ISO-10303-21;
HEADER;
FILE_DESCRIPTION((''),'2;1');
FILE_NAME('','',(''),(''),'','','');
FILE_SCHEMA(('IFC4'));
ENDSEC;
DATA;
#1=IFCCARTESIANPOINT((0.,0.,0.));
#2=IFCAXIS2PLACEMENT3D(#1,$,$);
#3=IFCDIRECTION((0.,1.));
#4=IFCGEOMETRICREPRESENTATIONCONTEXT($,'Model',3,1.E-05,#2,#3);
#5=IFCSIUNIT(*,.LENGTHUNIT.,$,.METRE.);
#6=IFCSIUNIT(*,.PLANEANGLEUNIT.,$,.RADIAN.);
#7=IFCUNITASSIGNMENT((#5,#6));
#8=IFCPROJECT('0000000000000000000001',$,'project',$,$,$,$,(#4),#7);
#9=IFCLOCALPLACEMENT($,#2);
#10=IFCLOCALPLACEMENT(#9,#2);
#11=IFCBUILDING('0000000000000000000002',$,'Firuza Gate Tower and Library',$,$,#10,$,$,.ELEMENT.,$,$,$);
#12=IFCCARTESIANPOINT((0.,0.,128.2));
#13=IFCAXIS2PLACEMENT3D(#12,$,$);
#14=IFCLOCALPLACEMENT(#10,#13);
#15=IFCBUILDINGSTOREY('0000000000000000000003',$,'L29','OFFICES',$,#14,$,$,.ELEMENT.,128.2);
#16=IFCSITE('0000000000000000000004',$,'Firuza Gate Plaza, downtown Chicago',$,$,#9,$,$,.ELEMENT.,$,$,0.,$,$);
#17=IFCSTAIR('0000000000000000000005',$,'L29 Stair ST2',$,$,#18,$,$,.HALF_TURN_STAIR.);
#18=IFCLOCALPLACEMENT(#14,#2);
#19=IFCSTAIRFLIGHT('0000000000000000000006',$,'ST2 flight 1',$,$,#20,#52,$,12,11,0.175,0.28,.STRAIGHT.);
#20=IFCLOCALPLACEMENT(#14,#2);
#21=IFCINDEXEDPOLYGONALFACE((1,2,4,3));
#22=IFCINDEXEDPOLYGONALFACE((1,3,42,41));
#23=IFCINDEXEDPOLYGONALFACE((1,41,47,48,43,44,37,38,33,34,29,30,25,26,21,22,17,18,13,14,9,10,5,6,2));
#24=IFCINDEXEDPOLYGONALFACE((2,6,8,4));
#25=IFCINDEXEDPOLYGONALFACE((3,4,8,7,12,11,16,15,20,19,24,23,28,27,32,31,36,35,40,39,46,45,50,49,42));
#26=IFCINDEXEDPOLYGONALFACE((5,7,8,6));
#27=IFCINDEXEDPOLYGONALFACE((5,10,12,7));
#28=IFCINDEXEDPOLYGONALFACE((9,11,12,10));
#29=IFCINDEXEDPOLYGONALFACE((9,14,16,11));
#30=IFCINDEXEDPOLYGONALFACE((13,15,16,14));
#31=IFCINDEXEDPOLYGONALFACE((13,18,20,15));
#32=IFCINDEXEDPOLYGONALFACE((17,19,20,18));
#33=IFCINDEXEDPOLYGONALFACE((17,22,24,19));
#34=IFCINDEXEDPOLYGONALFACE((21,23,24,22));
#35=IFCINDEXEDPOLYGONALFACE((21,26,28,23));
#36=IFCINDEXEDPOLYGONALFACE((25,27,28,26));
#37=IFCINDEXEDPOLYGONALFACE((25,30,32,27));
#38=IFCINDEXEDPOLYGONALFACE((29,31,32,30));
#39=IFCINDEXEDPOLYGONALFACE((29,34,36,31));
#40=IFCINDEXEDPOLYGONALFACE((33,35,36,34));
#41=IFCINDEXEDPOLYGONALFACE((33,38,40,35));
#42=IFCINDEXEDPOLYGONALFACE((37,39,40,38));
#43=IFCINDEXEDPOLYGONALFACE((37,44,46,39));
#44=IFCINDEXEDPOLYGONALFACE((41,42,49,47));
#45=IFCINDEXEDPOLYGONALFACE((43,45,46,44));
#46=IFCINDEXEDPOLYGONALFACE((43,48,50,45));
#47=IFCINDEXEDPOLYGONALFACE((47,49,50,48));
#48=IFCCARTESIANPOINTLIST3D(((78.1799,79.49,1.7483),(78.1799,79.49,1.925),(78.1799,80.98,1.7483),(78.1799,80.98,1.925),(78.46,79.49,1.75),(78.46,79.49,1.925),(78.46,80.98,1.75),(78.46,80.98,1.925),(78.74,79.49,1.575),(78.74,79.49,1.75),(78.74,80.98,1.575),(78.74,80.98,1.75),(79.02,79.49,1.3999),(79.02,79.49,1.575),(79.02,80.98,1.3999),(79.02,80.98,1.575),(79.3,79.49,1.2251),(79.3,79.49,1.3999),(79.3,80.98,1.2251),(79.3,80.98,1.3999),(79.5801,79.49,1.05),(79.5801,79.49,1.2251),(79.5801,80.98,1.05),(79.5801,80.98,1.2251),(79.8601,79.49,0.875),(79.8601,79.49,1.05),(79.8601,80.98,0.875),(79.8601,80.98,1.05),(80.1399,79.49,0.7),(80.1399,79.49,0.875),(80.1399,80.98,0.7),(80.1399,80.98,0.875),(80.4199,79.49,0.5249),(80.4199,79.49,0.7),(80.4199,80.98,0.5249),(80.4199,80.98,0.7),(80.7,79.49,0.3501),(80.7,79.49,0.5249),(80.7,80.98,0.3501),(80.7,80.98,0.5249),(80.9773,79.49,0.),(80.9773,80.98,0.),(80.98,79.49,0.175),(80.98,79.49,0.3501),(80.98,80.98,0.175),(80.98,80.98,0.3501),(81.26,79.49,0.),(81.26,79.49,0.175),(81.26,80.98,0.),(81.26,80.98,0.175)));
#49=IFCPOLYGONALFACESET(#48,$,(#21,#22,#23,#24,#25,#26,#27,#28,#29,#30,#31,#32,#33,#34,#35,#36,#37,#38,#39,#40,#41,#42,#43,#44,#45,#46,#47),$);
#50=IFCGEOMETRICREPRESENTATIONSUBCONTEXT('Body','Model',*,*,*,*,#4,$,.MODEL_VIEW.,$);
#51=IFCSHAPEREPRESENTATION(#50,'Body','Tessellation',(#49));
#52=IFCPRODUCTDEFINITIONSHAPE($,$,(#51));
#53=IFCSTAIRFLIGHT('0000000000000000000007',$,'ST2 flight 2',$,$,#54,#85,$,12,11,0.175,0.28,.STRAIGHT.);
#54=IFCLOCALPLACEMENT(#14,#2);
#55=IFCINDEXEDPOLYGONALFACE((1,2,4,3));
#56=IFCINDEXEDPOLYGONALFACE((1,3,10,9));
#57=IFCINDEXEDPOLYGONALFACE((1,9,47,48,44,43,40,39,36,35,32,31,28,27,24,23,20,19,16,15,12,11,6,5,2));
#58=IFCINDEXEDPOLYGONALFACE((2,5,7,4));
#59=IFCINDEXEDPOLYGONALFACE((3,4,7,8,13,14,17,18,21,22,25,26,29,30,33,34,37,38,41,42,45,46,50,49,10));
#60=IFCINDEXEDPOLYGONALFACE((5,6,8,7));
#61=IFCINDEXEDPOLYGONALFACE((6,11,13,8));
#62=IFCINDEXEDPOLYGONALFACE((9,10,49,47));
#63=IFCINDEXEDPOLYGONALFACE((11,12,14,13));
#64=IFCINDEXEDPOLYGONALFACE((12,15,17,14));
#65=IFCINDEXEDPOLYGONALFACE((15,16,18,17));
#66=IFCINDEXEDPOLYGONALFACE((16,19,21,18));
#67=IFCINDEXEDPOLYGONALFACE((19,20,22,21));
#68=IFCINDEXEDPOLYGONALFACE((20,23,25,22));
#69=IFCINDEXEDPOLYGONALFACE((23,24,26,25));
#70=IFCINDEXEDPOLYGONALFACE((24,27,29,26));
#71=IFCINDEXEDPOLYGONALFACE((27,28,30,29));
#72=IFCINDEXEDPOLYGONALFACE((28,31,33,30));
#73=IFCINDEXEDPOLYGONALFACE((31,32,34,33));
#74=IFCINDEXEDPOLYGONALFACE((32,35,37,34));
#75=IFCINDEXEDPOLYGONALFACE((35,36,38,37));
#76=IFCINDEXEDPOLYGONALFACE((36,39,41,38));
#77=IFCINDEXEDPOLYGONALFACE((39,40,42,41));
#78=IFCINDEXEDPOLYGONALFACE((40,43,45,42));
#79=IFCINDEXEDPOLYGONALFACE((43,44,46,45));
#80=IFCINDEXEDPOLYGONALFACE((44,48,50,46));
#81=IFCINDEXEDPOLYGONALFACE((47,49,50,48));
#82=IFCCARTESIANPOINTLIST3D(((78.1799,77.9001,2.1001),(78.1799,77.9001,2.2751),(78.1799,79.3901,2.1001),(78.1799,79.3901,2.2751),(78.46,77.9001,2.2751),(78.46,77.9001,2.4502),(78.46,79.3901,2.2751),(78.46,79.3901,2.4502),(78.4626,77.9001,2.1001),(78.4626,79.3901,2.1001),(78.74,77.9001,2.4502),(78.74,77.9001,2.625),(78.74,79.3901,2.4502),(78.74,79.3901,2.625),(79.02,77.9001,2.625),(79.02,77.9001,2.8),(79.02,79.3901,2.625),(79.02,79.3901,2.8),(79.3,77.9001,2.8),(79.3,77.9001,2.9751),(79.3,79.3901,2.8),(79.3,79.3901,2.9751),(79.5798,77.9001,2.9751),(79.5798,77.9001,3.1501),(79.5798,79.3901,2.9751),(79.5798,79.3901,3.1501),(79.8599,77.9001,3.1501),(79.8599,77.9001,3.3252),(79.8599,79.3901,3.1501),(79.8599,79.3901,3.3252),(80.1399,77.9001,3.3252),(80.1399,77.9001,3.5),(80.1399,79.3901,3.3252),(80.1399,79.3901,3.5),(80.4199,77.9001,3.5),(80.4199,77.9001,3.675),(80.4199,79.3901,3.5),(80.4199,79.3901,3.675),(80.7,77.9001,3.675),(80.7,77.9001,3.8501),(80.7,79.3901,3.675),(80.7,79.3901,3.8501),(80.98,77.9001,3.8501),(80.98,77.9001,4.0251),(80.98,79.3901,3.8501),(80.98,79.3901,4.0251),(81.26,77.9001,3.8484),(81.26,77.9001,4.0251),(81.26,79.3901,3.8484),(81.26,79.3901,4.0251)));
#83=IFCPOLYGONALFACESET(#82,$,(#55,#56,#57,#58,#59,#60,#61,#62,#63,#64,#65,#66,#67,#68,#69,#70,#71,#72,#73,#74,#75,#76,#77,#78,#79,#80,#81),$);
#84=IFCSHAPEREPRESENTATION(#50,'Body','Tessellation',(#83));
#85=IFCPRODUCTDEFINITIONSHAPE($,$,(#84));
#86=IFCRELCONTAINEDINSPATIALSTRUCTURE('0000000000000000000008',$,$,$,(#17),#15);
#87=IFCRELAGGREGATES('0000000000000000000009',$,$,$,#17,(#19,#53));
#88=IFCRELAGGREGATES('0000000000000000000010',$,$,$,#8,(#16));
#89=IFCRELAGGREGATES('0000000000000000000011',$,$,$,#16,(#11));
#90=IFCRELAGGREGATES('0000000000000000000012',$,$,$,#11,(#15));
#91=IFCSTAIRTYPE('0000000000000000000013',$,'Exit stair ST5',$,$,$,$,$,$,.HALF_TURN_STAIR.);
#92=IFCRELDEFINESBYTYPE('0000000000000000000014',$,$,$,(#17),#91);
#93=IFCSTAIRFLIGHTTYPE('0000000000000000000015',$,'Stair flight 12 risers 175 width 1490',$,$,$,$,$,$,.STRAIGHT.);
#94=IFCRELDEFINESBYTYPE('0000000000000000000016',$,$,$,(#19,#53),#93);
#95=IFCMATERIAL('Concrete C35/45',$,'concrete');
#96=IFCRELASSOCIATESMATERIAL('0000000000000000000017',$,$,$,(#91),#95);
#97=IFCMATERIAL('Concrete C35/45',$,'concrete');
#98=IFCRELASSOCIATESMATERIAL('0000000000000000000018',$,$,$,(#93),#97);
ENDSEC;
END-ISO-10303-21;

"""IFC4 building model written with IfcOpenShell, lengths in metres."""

from ifc_helpers import new_model, si_unit, direction, frame, origin, place, context, subcontext, project, spatial, polyline, outline, extrude, material, type_object, element, aggregate, save


model = new_model("IFC4")

# Units and contexts
model_context = context("Model", 3, precision=1e-05, world=origin(), true_north=direction((0.0, 1.0)))
body_context = subcontext(model_context, "Body", "Model", "MODEL_VIEW")
ifc_project = project(units=[si_unit("LENGTHUNIT", "METRE"), si_unit("PLANEANGLEUNIT", "RADIAN")], contexts=[model_context])

# Site, building, storey
site_placement = place(None, origin())
site = spatial("IfcSite", under=ifc_project, at=site_placement, Name="Firuza Gate Plaza, downtown Chicago", CompositionType="ELEMENT", RefElevation=0.0)
building_placement = place(site_placement, origin())
building = spatial("IfcBuilding", under=site, at=building_placement, Name="Firuza Gate Tower and Library", CompositionType="ELEMENT")
storey_placement = place(building_placement, frame((0.0, 0.0, 128.2)))
storey = spatial("IfcBuildingStorey", under=building, at=storey_placement, Name="L29", Description="OFFICES", CompositionType="ELEMENT", Elevation=128.2)

# Stair, stair flights
ifc_material_1 = material(Name="Concrete C35/45", Category="concrete")
stair_type = type_object("IfcStairType", Name="Exit stair ST5", PredefinedType="HALF_TURN_STAIR", material=ifc_material_1)
stair_placement = place(storey_placement, origin())
stair = element("IfcStair", 1, at=stair_placement, inside=storey, type_object=stair_type, Name="L29 Stair ST2", PredefinedType="HALF_TURN_STAIR")
ifc_material_2 = material(Name="Concrete C35/45", Category="concrete")
stair_flight_type = type_object("IfcStairFlightType", Name="Stair flight 12 risers 175 width 1490", PredefinedType="STRAIGHT", material=ifc_material_2)
stair_flight_1_placement = place(storey_placement, frame((81.26, 80.2351, 0.0), z_axis=(0.0, 0.0, 1.0), x_axis=(-1.0, 0.0, 0.0)))
stair_flight_1 = element("IfcStairFlight", 2, at=stair_flight_1_placement, type_object=stair_flight_type, Name="ST2 flight 1", NumberOfRisers=12, NumberOfTreads=11, PredefinedType="STRAIGHT", RiserHeight=0.175, TreadLength=0.28, context=body_context, shape_type="SweptSolid", body=[
    extrude(outline(polyline([(0.0, 0.0), (0.0, 0.175), (0.28, 0.175), (0.28, 0.3501), (0.5601, 0.3501), (0.5601, 0.5249), (0.8401, 0.5249), (0.8401, 0.7), (1.1201, 0.7), (1.1201, 0.875), (1.3999, 0.875), (1.3999, 1.05), (1.6799, 1.05), (1.6799, 1.2251), (1.96, 1.2251), (1.96, 1.3999), (2.24, 1.3999), (2.24, 1.575), (2.52, 1.575), (2.52, 1.75), (2.8, 1.75), (2.8, 1.925), (3.0801, 1.925), (3.0801, 2.1001), (3.0801, 1.7483), (0.2827, 0.0), (0.0, 0.0)])), frame((0.0, 0.7451, 0.0), z_axis=(0.0, -1.0, 0.0), x_axis=(1.0, 0.0, 0.0)), (0.0, 0.0, 1.0), 1.49),
])
stair_flight_2_placement = place(storey_placement, frame((78.1799, 78.645, 2.1001), z_axis=(0.0, 0.0, 1.0), x_axis=(1.0, 0.0, 0.0)))
stair_flight_2 = element("IfcStairFlight", 3, at=stair_flight_2_placement, type_object=stair_flight_type, Name="ST2 flight 2", NumberOfRisers=12, NumberOfTreads=11, PredefinedType="STRAIGHT", RiserHeight=0.175, TreadLength=0.28, context=body_context, shape_type="SweptSolid", body=[
    extrude(outline(polyline([(0.0, 0.0), (0.0, 0.175), (0.28, 0.175), (0.28, 0.3501), (0.5601, 0.3501), (0.5601, 0.5249), (0.8401, 0.5249), (0.8401, 0.7), (1.1201, 0.7), (1.1201, 0.875), (1.3999, 0.875), (1.3999, 1.05), (1.6799, 1.05), (1.6799, 1.2251), (1.96, 1.2251), (1.96, 1.3999), (2.24, 1.3999), (2.24, 1.575), (2.52, 1.575), (2.52, 1.75), (2.8, 1.75), (2.8, 1.925), (3.0801, 1.925), (3.0801, 2.1001), (3.0801, 1.7483), (0.2827, 0.0), (0.0, 0.0)])), frame((0.0, 0.7451, 0.0), z_axis=(0.0, -1.0, 0.0), x_axis=(1.0, 0.0, 0.0)), (0.0, 0.0, 1.0), 1.49),
])
aggregate(stair, [stair_flight_1, stair_flight_2])

save(model, "model.ifc")
